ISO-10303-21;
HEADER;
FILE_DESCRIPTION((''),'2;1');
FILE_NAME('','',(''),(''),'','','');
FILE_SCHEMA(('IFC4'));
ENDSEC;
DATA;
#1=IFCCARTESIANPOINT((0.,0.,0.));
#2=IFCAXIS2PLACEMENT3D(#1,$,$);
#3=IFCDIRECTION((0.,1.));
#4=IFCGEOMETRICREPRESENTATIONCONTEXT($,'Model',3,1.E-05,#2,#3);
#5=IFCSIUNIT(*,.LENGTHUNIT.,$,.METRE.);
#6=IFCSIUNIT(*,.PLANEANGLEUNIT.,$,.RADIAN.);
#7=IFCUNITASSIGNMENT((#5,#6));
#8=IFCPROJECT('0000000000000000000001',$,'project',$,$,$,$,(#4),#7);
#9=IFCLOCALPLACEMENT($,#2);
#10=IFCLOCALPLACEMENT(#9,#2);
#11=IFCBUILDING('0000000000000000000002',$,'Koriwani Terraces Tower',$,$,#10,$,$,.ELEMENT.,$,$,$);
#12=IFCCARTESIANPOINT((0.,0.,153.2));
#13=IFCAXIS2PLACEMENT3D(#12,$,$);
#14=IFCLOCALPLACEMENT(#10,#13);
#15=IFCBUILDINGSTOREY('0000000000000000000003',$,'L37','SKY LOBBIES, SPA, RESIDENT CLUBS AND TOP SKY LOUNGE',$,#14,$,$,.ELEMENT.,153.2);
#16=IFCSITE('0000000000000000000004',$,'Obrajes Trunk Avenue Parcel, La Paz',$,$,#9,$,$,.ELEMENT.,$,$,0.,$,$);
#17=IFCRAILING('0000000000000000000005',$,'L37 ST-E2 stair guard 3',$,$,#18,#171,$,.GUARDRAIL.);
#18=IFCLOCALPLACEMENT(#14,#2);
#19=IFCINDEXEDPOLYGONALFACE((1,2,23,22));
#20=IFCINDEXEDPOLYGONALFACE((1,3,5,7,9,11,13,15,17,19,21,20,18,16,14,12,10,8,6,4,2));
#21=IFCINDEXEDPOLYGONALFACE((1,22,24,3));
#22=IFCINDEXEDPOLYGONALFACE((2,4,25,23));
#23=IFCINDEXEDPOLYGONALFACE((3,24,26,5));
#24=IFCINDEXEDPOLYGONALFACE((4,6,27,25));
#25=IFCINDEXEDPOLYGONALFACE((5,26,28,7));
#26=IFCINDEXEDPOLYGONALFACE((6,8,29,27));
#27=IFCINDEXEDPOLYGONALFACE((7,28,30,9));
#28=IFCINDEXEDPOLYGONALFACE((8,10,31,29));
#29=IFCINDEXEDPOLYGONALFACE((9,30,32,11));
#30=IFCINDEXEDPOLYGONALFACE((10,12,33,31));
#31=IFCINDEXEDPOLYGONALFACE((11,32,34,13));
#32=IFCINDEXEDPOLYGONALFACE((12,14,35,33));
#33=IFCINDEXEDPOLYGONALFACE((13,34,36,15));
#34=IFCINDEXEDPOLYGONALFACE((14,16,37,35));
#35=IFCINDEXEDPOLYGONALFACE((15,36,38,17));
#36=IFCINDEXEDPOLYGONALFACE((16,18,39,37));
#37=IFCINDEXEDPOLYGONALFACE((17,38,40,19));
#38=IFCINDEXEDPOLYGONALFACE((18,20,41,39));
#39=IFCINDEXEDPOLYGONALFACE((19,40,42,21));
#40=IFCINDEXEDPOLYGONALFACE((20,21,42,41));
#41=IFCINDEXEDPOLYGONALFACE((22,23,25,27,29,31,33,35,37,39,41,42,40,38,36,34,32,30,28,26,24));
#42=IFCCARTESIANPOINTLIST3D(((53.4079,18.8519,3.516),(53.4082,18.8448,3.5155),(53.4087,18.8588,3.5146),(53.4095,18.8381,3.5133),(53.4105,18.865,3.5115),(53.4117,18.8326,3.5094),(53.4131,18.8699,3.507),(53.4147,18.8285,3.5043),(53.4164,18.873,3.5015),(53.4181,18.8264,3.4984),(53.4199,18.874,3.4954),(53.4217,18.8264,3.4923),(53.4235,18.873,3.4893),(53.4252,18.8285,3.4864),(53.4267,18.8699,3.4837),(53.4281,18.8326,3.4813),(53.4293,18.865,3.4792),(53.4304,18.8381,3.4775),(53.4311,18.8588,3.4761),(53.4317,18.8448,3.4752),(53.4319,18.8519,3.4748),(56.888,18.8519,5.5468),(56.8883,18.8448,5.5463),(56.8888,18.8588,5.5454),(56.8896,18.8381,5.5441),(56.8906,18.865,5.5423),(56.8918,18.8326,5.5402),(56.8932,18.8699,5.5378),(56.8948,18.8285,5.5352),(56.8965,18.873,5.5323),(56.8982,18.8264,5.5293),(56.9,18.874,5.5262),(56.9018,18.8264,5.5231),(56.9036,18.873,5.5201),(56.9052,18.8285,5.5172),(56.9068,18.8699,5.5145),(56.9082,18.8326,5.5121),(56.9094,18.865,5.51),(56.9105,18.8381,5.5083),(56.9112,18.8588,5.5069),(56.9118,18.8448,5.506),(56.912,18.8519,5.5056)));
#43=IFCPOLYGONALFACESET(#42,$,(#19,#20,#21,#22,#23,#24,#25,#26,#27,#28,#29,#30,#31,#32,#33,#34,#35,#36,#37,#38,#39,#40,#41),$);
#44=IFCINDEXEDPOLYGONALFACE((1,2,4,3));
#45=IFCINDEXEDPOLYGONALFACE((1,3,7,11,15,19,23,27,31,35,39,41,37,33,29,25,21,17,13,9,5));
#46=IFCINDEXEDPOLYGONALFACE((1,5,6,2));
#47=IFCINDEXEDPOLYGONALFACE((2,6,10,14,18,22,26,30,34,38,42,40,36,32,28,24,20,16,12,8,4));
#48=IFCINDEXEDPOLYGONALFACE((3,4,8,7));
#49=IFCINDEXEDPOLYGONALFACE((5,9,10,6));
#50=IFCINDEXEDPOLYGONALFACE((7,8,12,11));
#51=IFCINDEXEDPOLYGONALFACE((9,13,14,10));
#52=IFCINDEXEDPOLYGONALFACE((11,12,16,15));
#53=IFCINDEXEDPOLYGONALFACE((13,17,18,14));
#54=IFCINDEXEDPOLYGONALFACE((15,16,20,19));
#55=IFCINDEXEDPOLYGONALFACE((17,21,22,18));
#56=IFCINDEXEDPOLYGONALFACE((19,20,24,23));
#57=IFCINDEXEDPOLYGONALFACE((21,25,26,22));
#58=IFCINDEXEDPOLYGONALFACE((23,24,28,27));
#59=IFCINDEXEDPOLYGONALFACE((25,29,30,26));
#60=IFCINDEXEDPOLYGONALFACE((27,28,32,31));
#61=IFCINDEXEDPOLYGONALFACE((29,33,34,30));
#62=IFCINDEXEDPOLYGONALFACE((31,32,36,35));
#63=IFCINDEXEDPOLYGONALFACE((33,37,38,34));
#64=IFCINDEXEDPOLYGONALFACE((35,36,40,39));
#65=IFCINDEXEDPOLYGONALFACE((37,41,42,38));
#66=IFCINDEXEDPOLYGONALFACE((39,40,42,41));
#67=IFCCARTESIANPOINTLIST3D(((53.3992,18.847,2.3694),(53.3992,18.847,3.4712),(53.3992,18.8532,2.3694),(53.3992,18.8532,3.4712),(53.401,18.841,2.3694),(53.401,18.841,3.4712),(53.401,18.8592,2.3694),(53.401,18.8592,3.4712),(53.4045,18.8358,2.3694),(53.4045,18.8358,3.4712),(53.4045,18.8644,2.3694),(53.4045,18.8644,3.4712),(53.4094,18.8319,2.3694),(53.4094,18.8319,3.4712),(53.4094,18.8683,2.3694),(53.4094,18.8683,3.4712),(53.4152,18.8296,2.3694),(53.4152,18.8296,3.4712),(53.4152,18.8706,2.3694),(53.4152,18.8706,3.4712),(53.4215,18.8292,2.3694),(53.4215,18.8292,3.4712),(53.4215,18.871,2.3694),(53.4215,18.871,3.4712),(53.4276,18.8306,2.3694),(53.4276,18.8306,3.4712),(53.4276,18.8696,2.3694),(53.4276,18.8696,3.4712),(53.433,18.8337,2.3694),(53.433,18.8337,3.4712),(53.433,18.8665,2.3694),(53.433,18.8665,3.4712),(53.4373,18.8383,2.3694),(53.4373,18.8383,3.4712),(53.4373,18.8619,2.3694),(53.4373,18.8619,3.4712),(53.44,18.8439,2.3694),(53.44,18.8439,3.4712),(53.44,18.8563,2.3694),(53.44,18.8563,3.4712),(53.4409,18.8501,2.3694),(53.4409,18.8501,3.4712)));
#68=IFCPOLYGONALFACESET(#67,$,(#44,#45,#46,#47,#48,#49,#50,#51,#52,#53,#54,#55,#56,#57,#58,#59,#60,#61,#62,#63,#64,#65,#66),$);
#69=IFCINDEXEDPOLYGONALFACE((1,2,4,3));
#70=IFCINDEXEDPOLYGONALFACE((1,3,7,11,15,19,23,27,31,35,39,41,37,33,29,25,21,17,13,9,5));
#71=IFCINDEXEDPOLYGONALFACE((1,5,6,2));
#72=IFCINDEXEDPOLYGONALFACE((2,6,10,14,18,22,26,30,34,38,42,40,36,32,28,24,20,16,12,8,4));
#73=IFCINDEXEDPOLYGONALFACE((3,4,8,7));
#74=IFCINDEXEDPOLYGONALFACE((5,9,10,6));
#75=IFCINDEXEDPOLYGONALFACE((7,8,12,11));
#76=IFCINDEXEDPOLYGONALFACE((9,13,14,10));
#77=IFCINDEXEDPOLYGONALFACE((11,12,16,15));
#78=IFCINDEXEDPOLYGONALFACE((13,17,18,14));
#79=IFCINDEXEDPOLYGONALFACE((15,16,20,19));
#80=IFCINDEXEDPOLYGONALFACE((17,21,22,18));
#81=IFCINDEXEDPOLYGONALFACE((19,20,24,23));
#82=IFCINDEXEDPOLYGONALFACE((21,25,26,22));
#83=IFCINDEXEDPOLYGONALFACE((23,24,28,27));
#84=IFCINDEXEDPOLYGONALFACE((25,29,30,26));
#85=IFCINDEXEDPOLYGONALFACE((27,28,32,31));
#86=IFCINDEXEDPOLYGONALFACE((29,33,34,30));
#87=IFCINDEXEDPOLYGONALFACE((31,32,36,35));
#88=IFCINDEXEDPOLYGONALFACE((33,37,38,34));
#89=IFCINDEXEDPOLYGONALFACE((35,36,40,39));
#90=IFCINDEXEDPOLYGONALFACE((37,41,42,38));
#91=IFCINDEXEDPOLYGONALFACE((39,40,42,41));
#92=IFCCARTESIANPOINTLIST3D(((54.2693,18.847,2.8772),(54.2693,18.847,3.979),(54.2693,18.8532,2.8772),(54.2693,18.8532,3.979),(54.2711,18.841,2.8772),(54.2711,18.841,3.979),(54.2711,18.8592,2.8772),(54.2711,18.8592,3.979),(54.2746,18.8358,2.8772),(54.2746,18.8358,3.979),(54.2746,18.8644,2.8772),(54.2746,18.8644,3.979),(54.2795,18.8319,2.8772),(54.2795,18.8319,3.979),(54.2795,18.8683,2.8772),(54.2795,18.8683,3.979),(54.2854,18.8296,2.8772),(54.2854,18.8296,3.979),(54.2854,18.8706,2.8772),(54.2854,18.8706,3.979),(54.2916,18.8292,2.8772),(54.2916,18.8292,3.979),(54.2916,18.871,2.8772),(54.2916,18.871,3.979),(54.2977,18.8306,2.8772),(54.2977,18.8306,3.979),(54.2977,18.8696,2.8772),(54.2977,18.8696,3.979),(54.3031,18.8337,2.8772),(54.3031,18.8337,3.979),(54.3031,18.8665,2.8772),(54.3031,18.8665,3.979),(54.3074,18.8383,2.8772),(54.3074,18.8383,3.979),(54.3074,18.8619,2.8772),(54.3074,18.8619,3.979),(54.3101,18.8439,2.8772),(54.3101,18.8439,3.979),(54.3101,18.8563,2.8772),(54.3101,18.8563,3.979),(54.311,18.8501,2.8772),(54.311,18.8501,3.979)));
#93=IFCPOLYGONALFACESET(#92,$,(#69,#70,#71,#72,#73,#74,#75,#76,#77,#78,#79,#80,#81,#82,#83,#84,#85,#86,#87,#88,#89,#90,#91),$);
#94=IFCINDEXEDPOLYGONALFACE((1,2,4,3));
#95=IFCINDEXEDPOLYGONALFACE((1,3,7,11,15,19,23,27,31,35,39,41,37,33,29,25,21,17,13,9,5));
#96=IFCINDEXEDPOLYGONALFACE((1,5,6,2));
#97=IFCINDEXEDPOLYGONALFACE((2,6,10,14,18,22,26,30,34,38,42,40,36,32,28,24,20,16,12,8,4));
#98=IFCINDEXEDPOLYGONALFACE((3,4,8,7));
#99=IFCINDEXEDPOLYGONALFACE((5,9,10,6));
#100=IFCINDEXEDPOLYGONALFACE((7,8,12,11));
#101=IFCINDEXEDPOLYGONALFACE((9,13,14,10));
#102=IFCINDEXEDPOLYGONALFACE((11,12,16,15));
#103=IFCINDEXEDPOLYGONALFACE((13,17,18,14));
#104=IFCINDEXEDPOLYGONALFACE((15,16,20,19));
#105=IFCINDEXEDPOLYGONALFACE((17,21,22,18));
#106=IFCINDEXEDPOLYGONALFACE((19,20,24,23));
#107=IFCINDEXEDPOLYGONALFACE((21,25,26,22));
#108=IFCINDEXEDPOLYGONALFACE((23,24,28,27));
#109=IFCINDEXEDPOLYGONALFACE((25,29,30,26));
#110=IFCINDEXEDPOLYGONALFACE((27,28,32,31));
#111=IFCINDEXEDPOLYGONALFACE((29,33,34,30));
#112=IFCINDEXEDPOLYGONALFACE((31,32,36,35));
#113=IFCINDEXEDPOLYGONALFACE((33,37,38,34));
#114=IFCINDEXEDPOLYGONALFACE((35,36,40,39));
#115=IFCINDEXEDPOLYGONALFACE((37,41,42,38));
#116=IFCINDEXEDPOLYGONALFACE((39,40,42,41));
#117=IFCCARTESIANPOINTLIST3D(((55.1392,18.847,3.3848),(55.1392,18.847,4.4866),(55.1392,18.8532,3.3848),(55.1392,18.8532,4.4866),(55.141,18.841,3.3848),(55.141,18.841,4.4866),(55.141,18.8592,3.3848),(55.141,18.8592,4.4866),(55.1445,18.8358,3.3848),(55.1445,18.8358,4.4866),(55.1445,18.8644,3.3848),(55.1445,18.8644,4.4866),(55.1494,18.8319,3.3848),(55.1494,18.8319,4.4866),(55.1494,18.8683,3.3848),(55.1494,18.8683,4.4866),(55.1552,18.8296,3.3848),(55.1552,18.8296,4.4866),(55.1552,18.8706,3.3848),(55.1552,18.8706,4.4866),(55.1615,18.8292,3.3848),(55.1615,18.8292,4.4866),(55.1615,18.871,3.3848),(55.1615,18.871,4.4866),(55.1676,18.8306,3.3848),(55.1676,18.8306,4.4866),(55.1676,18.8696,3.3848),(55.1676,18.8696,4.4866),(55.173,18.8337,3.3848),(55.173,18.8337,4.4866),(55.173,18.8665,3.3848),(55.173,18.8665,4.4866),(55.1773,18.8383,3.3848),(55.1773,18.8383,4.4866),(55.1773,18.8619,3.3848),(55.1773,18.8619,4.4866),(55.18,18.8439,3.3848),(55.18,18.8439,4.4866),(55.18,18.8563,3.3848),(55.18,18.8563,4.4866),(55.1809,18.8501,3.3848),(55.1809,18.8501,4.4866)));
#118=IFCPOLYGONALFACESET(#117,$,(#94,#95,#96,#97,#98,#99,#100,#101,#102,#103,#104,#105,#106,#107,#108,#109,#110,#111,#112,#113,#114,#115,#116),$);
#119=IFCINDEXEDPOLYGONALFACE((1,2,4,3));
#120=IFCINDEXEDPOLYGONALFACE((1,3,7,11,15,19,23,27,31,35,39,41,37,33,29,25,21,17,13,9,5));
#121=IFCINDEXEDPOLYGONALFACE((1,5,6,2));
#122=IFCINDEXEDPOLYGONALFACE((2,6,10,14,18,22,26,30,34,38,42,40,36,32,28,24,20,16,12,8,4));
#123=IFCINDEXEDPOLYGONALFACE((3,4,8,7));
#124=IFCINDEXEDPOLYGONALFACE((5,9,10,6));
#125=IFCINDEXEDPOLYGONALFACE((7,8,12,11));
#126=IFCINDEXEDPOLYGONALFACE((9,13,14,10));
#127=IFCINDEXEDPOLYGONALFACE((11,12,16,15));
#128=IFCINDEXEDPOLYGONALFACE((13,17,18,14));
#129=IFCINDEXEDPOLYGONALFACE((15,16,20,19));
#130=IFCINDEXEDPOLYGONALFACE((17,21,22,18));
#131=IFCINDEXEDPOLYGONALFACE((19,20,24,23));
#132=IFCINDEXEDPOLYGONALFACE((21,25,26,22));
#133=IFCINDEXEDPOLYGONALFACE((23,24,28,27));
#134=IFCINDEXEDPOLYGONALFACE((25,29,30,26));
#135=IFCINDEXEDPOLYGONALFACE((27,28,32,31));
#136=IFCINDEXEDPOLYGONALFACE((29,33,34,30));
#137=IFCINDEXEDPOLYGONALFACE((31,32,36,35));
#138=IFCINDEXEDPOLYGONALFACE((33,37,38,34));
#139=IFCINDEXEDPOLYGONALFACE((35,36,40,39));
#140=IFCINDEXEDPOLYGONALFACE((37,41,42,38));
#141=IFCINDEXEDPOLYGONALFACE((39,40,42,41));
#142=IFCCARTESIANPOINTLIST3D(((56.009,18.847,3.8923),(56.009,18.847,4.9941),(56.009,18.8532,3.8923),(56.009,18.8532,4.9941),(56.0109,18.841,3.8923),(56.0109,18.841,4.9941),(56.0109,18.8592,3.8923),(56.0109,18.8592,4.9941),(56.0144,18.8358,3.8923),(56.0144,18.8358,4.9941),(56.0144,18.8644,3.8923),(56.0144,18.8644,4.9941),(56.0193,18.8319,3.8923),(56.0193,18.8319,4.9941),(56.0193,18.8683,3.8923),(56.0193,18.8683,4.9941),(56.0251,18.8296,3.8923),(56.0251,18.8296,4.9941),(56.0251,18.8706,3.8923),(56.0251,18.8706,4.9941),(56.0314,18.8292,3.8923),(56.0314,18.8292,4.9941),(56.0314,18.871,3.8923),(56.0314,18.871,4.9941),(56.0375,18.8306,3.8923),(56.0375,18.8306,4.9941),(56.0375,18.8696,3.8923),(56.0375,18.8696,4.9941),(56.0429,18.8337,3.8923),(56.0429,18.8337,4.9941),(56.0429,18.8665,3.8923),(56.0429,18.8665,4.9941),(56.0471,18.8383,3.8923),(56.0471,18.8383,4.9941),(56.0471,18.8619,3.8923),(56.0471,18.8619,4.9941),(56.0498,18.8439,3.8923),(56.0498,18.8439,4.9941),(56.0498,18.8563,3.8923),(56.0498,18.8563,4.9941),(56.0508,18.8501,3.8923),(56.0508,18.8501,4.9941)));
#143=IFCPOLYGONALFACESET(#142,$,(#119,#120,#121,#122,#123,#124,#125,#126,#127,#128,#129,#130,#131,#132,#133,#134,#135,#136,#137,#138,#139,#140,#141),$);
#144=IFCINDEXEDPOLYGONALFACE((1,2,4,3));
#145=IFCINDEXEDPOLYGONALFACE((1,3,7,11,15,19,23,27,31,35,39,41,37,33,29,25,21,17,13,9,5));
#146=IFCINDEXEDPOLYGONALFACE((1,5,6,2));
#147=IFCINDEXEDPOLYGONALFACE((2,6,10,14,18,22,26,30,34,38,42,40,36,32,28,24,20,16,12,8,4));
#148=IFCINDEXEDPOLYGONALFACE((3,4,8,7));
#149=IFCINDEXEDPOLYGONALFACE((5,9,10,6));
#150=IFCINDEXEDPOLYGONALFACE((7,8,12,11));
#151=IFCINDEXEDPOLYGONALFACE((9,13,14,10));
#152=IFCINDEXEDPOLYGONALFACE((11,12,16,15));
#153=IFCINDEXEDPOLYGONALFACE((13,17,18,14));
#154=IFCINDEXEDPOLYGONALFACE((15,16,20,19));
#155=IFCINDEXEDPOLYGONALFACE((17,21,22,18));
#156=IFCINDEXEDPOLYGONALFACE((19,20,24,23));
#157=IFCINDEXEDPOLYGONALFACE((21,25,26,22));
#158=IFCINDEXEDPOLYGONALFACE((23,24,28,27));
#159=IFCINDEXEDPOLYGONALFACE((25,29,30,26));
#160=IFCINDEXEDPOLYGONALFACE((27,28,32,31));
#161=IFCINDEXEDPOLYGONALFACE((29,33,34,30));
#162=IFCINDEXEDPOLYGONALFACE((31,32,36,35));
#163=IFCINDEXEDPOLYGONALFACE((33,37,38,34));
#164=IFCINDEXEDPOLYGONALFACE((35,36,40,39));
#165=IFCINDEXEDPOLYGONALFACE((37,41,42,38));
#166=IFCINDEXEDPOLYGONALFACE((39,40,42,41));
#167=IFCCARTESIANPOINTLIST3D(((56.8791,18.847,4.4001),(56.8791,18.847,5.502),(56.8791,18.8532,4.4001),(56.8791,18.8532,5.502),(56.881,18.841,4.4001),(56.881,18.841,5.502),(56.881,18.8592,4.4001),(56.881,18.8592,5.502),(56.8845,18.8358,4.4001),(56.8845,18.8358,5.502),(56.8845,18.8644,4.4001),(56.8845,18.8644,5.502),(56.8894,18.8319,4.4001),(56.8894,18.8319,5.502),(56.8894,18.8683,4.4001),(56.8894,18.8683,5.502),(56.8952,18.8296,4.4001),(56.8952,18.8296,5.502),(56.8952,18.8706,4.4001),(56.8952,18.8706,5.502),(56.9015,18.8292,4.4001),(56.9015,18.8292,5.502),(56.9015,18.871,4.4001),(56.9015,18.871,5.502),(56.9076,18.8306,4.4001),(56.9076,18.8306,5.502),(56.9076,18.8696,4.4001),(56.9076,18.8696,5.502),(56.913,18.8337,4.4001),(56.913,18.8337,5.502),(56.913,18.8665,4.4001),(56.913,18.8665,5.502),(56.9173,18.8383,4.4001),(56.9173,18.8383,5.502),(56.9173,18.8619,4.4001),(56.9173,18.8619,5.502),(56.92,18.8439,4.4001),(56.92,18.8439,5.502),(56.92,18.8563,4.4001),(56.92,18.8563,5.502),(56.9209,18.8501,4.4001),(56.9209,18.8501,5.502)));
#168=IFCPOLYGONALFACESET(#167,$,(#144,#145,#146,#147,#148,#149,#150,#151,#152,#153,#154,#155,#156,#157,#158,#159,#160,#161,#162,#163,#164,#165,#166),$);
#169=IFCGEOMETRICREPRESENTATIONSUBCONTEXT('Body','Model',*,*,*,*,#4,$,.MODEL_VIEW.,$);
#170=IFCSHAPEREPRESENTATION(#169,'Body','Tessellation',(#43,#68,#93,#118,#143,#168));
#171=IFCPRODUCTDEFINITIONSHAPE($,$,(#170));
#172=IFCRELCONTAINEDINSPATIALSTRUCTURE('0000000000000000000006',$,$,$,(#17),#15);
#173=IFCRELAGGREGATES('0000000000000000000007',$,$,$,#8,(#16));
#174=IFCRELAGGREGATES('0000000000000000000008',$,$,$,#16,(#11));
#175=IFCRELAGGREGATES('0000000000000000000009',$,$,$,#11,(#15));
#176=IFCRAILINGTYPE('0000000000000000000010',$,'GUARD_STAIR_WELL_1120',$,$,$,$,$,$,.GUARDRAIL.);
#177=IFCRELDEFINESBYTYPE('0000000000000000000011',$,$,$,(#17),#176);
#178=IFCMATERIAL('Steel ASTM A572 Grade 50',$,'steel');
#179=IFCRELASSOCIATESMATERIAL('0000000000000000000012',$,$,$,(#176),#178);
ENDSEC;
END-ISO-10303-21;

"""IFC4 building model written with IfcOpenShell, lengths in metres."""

from ifc_helpers import new_model, si_unit, direction, frame, origin, origin_2d, place, context, subcontext, project, spatial, circle, extrude, material, type_object, element, save


model = new_model("IFC4")

# Units and contexts
model_context = context("Model", 3, precision=1e-05, world=origin(), true_north=direction((0.0, 1.0)))
body_context = subcontext(model_context, "Body", "Model", "MODEL_VIEW")
ifc_project = project(units=[si_unit("LENGTHUNIT", "METRE"), si_unit("PLANEANGLEUNIT", "RADIAN")], contexts=[model_context])

# Site, building, storey
site_placement = place(None, origin())
site = spatial("IfcSite", under=ifc_project, at=site_placement, Name="Obrajes Trunk Avenue Parcel, La Paz", CompositionType="ELEMENT", RefElevation=0.0)
building_placement = place(site_placement, origin())
building = spatial("IfcBuilding", under=site, at=building_placement, Name="Koriwani Terraces Tower", CompositionType="ELEMENT")
storey_placement = place(building_placement, frame((0.0, 0.0, 153.2)))
storey = spatial("IfcBuildingStorey", under=building, at=storey_placement, Name="L37", Description="SKY LOBBIES, SPA, RESIDENT CLUBS AND TOP SKY LOUNGE", CompositionType="ELEMENT", Elevation=153.2)

# Shared definitions
ifc_material_1 = material(Name="Steel ASTM A572 Grade 50", Category="steel")

# Railing
railing_type_1 = type_object("IfcRailingType", Name="GUARD_STAIR_WELL_1120", PredefinedType="GUARDRAIL", material=ifc_material_1)
railing_1_placement = place(storey_placement, frame((53.4199, 18.8501, 2.3694)))
element("IfcRailing", 1, at=railing_1_placement, inside=storey, type_object=railing_type_1, Name="L37 ST-E2 stair guard 3", PredefinedType="GUARDRAIL", context=body_context, shape_type="SweptSolid", body=[
    extrude(circle(Radius=0.0239, at=origin_2d()), frame((0.0, 0.0, 1.126), z_axis=(0.863695, 0.0, 0.504014), x_axis=(0.0, 1.0, 0.0)), (0.0, 0.0, 1.0), 4.0293),
    extrude(circle(Radius=0.021, at=origin_2d()), origin(), (0.0, 0.0, 1.0), 1.1018),
    extrude(circle(Radius=0.021, at=origin_2d()), frame((0.8701, 0.0, 0.5078)), (0.0, 0.0, 1.0), 1.1018),
    extrude(circle(Radius=0.021, at=origin_2d()), frame((1.74, 0.0, 1.0154)), (0.0, 0.0, 1.0), 1.1018),
    extrude(circle(Radius=0.021, at=origin_2d()), frame((2.6099, 0.0, 1.5229)), (0.0, 0.0, 1.0), 1.1018),
    extrude(circle(Radius=0.021, at=origin_2d()), frame((3.48, 0.0, 2.0308)), (0.0, 0.0, 1.0), 1.1018),
])

save(model, "model.ifc")
